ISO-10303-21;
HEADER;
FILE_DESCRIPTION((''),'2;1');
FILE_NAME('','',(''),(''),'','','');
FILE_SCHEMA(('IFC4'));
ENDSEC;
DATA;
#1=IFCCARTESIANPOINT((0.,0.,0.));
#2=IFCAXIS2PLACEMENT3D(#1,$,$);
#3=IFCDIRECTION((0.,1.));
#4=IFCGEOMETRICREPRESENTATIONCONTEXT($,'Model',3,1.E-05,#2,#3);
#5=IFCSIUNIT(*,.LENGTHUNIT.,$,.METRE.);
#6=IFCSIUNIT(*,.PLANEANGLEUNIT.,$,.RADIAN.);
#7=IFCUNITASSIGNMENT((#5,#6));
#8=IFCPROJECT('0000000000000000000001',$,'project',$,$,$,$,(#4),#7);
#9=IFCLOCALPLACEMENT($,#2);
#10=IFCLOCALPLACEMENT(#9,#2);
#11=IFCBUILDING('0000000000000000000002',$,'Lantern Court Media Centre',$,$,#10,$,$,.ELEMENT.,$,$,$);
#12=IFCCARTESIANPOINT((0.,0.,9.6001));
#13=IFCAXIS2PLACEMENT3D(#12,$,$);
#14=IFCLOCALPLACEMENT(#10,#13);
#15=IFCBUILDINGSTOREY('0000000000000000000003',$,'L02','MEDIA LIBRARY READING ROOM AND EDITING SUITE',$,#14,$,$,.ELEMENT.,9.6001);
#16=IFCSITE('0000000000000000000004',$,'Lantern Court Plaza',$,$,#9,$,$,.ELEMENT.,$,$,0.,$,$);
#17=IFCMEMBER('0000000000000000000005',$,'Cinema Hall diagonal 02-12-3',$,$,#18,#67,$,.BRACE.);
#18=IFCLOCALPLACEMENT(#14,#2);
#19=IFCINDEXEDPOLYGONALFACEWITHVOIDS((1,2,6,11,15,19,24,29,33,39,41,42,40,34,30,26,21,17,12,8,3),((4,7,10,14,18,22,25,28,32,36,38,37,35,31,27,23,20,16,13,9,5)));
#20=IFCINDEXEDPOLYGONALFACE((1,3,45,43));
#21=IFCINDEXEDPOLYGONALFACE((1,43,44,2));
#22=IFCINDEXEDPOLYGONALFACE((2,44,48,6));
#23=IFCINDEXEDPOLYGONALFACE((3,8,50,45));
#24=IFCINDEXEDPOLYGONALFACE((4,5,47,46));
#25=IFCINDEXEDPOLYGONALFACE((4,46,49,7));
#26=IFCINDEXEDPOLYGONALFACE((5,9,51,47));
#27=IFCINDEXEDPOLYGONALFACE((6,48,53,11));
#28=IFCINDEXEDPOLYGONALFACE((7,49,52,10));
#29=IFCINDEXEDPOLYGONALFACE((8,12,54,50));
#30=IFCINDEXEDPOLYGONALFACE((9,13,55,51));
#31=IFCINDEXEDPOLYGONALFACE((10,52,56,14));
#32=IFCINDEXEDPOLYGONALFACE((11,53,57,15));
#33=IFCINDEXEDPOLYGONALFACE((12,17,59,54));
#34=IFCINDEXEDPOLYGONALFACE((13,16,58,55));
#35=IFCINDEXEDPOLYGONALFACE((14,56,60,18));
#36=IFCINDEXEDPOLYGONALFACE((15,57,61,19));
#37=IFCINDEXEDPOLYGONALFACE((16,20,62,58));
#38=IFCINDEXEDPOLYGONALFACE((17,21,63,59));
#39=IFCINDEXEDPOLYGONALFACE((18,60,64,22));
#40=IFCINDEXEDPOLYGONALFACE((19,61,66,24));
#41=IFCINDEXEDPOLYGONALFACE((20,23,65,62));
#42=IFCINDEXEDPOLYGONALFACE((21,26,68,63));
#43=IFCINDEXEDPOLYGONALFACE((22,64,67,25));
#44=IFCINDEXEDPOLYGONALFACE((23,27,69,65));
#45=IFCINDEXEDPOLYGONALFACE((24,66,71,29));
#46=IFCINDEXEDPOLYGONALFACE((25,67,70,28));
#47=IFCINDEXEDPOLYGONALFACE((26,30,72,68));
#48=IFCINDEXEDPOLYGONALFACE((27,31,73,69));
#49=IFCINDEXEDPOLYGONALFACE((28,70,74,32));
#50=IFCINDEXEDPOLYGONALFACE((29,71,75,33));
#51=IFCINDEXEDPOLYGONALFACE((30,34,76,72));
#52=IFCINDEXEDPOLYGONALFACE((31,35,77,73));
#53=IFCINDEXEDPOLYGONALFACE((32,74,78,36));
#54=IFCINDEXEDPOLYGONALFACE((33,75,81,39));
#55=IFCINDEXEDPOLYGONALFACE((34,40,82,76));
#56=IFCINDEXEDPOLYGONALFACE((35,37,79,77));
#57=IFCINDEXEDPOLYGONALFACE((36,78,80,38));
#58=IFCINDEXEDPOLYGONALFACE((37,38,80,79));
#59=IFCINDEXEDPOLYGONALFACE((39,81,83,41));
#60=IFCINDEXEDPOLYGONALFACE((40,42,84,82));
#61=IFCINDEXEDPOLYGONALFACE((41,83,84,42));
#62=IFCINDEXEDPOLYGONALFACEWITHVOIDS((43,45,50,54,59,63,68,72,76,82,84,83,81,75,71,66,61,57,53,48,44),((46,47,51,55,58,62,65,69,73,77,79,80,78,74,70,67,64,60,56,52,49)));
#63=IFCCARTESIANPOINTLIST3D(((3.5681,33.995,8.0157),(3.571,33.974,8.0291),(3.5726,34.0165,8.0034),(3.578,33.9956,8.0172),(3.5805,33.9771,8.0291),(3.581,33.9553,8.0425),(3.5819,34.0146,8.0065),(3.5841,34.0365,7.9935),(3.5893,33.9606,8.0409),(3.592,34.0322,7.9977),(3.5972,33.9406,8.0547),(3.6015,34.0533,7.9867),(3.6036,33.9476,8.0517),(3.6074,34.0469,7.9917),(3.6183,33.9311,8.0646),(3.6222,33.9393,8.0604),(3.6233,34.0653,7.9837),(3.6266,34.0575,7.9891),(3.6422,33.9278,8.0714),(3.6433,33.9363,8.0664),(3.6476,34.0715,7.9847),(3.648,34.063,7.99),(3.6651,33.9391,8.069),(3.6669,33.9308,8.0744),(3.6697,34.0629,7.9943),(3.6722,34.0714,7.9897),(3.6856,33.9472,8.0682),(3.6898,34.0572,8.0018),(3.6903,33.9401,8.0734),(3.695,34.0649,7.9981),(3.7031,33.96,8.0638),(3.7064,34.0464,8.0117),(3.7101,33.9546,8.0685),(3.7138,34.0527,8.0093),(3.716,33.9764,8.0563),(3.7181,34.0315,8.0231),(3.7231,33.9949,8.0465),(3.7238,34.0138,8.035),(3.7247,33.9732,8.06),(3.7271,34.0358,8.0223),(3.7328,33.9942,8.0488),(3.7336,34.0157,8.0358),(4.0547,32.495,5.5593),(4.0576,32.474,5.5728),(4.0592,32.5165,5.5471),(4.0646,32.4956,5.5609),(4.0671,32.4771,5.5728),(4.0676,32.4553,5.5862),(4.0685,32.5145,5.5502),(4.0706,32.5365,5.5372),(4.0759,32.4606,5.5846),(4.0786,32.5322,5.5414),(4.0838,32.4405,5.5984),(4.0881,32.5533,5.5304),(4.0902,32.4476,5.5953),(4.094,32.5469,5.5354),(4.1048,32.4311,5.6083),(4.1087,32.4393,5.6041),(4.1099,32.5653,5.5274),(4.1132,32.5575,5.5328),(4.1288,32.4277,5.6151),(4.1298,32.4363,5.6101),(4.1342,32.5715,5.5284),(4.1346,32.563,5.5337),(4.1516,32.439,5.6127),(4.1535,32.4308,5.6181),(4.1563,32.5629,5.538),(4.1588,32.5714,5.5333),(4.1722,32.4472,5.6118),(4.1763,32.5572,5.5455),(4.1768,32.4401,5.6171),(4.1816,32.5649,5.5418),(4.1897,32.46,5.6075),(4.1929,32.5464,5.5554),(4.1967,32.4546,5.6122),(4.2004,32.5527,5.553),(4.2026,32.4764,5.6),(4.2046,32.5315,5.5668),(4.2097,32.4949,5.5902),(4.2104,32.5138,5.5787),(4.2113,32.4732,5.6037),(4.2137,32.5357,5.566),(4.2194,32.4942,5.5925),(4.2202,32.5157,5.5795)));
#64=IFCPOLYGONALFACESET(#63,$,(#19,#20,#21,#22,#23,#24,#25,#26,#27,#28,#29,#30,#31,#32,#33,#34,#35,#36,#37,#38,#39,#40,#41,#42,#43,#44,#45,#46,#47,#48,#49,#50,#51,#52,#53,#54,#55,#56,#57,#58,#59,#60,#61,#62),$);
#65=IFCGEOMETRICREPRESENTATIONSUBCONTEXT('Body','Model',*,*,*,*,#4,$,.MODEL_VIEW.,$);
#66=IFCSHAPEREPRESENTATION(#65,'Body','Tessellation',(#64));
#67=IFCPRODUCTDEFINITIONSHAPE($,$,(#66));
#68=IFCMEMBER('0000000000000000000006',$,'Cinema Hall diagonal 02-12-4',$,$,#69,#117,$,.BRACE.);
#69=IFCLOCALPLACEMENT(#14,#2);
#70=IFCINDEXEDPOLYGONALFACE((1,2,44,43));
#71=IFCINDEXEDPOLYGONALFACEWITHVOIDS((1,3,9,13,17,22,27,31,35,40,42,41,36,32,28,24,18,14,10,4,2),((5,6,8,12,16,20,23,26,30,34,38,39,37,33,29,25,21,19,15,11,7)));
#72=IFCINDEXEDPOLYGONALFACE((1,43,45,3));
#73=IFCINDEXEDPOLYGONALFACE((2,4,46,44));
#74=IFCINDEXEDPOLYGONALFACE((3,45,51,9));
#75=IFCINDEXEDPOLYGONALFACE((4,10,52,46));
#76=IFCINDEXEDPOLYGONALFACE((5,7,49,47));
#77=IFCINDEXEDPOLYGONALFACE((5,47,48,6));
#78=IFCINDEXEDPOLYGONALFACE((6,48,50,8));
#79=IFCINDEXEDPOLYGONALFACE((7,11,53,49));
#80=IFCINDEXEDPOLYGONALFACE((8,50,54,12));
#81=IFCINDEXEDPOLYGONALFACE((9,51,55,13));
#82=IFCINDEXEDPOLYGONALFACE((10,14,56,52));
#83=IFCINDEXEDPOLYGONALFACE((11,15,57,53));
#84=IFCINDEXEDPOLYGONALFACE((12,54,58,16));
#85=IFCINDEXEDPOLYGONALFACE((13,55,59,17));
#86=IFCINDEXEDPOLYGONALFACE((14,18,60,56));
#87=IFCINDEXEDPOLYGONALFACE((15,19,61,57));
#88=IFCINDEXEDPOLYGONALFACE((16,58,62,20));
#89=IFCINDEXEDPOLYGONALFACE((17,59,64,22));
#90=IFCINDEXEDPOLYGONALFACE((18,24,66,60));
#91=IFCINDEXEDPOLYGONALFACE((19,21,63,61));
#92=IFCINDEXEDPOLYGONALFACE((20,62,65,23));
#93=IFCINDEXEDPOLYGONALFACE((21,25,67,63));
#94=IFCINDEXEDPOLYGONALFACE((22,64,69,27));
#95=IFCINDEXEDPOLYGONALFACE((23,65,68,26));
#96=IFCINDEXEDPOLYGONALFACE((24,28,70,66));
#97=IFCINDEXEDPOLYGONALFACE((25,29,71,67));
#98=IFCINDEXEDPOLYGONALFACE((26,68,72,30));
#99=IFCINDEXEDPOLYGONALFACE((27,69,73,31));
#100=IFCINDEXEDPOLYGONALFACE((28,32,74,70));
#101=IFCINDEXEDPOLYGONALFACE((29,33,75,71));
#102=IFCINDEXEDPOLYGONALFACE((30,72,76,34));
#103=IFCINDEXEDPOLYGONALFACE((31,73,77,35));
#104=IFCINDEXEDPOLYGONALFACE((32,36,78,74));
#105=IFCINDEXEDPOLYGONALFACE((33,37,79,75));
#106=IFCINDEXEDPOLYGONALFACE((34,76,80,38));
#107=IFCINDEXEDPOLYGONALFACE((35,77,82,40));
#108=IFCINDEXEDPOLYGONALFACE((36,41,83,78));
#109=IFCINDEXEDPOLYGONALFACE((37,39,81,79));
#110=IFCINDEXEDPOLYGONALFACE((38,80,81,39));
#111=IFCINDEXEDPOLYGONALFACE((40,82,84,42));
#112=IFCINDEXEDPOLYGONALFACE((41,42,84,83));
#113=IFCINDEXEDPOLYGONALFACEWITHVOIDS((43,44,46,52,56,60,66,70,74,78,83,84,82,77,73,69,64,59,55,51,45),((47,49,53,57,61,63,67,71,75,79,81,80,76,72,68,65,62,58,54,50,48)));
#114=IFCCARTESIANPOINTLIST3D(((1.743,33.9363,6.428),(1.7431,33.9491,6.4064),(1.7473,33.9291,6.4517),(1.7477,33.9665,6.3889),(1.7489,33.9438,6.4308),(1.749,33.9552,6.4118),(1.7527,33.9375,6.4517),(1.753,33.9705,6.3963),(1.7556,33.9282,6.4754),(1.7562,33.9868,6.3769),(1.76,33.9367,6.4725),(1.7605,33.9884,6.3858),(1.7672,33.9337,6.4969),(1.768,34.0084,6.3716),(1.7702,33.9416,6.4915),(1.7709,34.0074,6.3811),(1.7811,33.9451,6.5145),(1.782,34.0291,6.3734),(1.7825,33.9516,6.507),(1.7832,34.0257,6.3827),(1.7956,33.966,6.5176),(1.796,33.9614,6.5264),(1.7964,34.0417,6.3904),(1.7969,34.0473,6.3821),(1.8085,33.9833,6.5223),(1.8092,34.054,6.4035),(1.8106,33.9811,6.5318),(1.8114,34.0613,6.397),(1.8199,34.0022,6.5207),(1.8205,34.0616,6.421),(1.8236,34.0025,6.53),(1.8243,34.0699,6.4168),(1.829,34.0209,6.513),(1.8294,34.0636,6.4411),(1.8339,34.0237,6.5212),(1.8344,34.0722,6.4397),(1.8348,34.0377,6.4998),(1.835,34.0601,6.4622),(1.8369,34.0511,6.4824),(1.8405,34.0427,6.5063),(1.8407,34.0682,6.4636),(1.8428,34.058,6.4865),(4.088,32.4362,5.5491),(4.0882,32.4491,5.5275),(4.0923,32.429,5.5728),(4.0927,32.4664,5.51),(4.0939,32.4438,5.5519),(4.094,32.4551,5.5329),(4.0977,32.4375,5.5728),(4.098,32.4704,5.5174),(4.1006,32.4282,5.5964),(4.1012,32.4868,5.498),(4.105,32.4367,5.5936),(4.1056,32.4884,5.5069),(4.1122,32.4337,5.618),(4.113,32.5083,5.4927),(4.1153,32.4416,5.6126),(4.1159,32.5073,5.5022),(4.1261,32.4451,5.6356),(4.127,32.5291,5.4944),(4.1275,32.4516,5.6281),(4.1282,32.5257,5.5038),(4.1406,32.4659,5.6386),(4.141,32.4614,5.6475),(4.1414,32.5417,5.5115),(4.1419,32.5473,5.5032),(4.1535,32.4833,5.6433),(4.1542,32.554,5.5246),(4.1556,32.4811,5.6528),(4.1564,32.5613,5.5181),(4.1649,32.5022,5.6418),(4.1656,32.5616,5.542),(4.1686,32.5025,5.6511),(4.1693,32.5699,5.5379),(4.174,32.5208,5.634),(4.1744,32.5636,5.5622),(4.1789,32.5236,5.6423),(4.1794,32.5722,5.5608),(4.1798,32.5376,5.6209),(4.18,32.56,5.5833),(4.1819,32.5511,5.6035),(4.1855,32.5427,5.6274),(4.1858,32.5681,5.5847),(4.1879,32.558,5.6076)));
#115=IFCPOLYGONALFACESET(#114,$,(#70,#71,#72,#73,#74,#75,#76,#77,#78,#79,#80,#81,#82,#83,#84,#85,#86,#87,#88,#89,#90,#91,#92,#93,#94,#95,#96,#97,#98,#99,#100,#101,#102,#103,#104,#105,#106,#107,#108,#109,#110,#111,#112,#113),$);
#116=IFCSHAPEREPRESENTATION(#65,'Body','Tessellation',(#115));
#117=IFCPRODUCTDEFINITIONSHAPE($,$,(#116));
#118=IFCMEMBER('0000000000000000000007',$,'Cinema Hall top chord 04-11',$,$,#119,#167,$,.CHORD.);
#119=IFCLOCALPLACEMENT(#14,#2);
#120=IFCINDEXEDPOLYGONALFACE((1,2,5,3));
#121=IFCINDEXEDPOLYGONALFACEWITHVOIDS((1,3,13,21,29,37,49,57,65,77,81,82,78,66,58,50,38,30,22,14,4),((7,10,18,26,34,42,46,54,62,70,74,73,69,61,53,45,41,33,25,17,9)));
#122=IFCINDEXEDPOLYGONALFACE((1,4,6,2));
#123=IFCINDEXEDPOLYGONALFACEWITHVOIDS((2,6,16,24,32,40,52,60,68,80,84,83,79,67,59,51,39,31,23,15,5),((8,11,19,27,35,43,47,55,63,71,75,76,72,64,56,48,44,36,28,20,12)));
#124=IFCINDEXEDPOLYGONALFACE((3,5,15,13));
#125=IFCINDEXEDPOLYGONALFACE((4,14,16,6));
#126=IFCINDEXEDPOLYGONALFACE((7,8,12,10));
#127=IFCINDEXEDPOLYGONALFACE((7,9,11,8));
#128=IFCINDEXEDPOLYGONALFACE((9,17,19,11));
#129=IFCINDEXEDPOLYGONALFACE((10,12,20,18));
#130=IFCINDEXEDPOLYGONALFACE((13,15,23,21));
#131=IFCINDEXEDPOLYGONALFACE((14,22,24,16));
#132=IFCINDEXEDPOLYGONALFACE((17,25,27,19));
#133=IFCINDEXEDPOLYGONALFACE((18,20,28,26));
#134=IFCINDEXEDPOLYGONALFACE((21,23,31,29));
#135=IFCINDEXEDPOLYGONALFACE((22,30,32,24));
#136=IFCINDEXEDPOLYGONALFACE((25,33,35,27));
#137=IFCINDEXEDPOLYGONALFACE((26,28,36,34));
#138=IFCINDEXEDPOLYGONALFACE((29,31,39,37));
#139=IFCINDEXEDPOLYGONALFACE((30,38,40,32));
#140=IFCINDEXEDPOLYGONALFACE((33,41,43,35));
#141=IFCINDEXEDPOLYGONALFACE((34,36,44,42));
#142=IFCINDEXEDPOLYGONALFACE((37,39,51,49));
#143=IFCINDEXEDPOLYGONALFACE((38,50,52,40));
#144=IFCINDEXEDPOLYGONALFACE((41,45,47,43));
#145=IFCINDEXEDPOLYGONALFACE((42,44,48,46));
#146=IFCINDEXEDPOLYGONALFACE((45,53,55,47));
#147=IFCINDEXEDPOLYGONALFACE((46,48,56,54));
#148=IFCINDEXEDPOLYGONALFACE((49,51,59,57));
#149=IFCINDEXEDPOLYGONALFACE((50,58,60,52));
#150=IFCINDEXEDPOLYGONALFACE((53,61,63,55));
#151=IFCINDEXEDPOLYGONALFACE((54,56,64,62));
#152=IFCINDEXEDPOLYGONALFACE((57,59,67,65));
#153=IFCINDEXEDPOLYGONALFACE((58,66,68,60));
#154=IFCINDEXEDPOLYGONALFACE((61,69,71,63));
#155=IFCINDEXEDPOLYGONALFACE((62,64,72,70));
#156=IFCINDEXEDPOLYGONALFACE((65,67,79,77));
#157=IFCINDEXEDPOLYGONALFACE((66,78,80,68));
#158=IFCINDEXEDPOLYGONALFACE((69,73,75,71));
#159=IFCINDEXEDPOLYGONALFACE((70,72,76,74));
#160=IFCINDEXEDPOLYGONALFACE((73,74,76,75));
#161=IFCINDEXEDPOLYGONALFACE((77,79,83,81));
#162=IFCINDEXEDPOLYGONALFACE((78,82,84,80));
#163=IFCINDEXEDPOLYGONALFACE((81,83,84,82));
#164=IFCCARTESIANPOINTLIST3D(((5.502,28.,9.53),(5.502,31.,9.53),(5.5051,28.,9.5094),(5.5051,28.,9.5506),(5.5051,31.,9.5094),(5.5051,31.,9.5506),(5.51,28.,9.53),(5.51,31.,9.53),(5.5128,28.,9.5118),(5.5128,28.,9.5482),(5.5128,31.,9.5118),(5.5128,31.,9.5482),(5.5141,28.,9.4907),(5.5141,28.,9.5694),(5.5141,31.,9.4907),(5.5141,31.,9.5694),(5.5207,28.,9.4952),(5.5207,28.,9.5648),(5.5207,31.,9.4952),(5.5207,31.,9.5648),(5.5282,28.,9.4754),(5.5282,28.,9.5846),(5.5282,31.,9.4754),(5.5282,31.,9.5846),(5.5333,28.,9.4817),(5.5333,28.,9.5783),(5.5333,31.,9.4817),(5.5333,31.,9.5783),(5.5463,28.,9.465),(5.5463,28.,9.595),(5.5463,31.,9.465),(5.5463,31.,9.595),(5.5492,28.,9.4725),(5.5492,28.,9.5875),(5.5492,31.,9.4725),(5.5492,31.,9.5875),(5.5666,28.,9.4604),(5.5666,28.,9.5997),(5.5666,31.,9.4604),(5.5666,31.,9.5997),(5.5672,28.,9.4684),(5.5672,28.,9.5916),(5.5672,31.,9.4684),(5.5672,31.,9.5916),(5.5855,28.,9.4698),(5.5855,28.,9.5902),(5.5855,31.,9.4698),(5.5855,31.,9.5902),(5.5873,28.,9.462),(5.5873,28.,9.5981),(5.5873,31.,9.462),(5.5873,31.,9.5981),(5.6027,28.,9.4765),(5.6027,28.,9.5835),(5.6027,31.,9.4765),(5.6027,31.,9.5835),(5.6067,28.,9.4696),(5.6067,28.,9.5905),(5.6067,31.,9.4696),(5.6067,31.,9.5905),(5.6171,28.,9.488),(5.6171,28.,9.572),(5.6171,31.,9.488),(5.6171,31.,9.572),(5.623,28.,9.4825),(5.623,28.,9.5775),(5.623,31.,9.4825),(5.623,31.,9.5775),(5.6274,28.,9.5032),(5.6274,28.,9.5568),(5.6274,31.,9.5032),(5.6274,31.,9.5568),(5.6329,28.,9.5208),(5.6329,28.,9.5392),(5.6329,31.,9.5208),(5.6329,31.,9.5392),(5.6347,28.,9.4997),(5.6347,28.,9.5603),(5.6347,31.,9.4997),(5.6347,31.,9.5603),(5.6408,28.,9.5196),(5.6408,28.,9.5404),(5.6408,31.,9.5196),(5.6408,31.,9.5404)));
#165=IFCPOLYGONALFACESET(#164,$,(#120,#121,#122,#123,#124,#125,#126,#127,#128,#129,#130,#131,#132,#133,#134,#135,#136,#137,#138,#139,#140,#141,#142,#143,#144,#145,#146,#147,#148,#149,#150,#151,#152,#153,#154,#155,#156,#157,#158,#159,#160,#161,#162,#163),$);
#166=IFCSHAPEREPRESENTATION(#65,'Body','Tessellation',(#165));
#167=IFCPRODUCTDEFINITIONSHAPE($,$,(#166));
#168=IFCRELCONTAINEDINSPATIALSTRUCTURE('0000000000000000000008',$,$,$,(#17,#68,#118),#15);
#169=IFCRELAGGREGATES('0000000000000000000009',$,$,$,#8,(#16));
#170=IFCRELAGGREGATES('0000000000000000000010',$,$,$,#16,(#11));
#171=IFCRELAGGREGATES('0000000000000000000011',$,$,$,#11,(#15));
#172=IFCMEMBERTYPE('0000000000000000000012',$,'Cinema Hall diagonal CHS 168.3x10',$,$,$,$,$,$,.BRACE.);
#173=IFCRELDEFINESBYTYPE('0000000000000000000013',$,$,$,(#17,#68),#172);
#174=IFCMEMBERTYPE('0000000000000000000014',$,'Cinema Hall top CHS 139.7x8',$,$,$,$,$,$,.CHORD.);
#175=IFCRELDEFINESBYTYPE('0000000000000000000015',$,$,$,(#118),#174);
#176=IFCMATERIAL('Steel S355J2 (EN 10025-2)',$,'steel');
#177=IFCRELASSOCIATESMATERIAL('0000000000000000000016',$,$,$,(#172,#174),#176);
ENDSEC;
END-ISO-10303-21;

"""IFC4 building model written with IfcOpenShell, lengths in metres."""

from ifc_helpers import new_model, si_unit, direction, frame, origin, origin_2d, place, context, subcontext, project, spatial, hollow_circle, extrude, material, material_profile, profile_set, type_object, element, save


model = new_model("IFC4")

# Units and contexts
model_context = context("Model", 3, precision=1e-05, world=origin(), true_north=direction((0.0, 1.0)))
body_context = subcontext(model_context, "Body", "Model", "MODEL_VIEW")
ifc_project = project(units=[si_unit("LENGTHUNIT", "METRE"), si_unit("PLANEANGLEUNIT", "RADIAN")], contexts=[model_context])

# Site, building, storey
site_placement = place(None, origin())
site = spatial("IfcSite", under=ifc_project, at=site_placement, Name="Lantern Court Plaza", CompositionType="ELEMENT", RefElevation=0.0)
building_placement = place(site_placement, origin())
building = spatial("IfcBuilding", under=site, at=building_placement, Name="Lantern Court Media Centre", CompositionType="ELEMENT")
storey_placement = place(building_placement, frame((0.0, 0.0, 9.6001)))
storey = spatial("IfcBuildingStorey", under=building, at=storey_placement, Name="L02", Description="MEDIA LIBRARY READING ROOM AND EDITING SUITE", CompositionType="ELEMENT", Elevation=9.6001)

# Members
ifc_material = material(Name="Steel S355J2 (EN 10025-2)", Category="steel")
ifc_material_profile_1 = material_profile(ifc_material, hollow_circle(Radius=0.0842, WallThickness=0.01, at=origin_2d()), Name="Cinema Hall diagonal CHS 168.3x10")
ifc_profile_set_1 = profile_set([ifc_material_profile_1], Name="Steel S355J2 (EN 10025-2)")
member_type_1 = type_object("IfcMemberType", Name="Cinema Hall diagonal CHS 168.3x10", PredefinedType="BRACE", material=ifc_profile_set_1)
for number, where, z_axis, x_axis, name in (
    (1, (4.1377, 32.5, 5.5728), (-0.166695, 0.513887, 0.841506), (-0.951207, -0.308554, 0.0), "Cinema Hall diagonal 02-12-3"),
):
    element("IfcMember", number, at=place(storey_placement, frame(where, z_axis=z_axis, x_axis=x_axis)), inside=storey, type_object=member_type_1, Name=name, PredefinedType="BRACE", context=body_context, shape_type="SweptSolid", body=[
        extrude(hollow_circle(Radius=0.0842, WallThickness=0.01, at=origin_2d()), origin(), (0.0, 0.0, 1.0), 2.9189),
    ])
member_1_placement = place(storey_placement, frame((4.1377, 32.5, 5.5728), z_axis=(-0.803309, 0.51385, 0.301084), x_axis=(-0.538855, -0.842399, 0.0)))
element("IfcMember", 2, at=member_1_placement, inside=storey, type_object=member_type_1, Name="Cinema Hall diagonal 02-12-4", PredefinedType="BRACE", context=body_context, shape_type="SweptSolid", body=[
    extrude(hollow_circle(Radius=0.0842, WallThickness=0.01, at=origin_2d()), origin(), (0.0, 0.0, 1.0), 2.9192),
])
ifc_material_profile_2 = material_profile(ifc_material, hollow_circle(Radius=0.0698, WallThickness=0.0081, at=origin_2d()), Name="Cinema Hall top CHS 139.7x8")
ifc_profile_set_2 = profile_set([ifc_material_profile_2], Name="Steel S355J2 (EN 10025-2)")
member_type_2 = type_object("IfcMemberType", Name="Cinema Hall top CHS 139.7x8", PredefinedType="CHORD", material=ifc_profile_set_2)
for number, where, z_axis, x_axis, name in (
    (3, (5.5718, 28.0, 9.53), (0.0, 1.0, 0.0), (-1.0, 0.0, 0.0), "Cinema Hall top chord 04-11"),
):
    element("IfcMember", number, at=place(storey_placement, frame(where, z_axis=z_axis, x_axis=x_axis)), inside=storey, type_object=member_type_2, Name=name, PredefinedType="CHORD", context=body_context, shape_type="SweptSolid", body=[
        extrude(hollow_circle(Radius=0.0698, WallThickness=0.0081, at=origin_2d()), origin(), (0.0, 0.0, 1.0), 3.0),
    ])

save(model, "model.ifc")
